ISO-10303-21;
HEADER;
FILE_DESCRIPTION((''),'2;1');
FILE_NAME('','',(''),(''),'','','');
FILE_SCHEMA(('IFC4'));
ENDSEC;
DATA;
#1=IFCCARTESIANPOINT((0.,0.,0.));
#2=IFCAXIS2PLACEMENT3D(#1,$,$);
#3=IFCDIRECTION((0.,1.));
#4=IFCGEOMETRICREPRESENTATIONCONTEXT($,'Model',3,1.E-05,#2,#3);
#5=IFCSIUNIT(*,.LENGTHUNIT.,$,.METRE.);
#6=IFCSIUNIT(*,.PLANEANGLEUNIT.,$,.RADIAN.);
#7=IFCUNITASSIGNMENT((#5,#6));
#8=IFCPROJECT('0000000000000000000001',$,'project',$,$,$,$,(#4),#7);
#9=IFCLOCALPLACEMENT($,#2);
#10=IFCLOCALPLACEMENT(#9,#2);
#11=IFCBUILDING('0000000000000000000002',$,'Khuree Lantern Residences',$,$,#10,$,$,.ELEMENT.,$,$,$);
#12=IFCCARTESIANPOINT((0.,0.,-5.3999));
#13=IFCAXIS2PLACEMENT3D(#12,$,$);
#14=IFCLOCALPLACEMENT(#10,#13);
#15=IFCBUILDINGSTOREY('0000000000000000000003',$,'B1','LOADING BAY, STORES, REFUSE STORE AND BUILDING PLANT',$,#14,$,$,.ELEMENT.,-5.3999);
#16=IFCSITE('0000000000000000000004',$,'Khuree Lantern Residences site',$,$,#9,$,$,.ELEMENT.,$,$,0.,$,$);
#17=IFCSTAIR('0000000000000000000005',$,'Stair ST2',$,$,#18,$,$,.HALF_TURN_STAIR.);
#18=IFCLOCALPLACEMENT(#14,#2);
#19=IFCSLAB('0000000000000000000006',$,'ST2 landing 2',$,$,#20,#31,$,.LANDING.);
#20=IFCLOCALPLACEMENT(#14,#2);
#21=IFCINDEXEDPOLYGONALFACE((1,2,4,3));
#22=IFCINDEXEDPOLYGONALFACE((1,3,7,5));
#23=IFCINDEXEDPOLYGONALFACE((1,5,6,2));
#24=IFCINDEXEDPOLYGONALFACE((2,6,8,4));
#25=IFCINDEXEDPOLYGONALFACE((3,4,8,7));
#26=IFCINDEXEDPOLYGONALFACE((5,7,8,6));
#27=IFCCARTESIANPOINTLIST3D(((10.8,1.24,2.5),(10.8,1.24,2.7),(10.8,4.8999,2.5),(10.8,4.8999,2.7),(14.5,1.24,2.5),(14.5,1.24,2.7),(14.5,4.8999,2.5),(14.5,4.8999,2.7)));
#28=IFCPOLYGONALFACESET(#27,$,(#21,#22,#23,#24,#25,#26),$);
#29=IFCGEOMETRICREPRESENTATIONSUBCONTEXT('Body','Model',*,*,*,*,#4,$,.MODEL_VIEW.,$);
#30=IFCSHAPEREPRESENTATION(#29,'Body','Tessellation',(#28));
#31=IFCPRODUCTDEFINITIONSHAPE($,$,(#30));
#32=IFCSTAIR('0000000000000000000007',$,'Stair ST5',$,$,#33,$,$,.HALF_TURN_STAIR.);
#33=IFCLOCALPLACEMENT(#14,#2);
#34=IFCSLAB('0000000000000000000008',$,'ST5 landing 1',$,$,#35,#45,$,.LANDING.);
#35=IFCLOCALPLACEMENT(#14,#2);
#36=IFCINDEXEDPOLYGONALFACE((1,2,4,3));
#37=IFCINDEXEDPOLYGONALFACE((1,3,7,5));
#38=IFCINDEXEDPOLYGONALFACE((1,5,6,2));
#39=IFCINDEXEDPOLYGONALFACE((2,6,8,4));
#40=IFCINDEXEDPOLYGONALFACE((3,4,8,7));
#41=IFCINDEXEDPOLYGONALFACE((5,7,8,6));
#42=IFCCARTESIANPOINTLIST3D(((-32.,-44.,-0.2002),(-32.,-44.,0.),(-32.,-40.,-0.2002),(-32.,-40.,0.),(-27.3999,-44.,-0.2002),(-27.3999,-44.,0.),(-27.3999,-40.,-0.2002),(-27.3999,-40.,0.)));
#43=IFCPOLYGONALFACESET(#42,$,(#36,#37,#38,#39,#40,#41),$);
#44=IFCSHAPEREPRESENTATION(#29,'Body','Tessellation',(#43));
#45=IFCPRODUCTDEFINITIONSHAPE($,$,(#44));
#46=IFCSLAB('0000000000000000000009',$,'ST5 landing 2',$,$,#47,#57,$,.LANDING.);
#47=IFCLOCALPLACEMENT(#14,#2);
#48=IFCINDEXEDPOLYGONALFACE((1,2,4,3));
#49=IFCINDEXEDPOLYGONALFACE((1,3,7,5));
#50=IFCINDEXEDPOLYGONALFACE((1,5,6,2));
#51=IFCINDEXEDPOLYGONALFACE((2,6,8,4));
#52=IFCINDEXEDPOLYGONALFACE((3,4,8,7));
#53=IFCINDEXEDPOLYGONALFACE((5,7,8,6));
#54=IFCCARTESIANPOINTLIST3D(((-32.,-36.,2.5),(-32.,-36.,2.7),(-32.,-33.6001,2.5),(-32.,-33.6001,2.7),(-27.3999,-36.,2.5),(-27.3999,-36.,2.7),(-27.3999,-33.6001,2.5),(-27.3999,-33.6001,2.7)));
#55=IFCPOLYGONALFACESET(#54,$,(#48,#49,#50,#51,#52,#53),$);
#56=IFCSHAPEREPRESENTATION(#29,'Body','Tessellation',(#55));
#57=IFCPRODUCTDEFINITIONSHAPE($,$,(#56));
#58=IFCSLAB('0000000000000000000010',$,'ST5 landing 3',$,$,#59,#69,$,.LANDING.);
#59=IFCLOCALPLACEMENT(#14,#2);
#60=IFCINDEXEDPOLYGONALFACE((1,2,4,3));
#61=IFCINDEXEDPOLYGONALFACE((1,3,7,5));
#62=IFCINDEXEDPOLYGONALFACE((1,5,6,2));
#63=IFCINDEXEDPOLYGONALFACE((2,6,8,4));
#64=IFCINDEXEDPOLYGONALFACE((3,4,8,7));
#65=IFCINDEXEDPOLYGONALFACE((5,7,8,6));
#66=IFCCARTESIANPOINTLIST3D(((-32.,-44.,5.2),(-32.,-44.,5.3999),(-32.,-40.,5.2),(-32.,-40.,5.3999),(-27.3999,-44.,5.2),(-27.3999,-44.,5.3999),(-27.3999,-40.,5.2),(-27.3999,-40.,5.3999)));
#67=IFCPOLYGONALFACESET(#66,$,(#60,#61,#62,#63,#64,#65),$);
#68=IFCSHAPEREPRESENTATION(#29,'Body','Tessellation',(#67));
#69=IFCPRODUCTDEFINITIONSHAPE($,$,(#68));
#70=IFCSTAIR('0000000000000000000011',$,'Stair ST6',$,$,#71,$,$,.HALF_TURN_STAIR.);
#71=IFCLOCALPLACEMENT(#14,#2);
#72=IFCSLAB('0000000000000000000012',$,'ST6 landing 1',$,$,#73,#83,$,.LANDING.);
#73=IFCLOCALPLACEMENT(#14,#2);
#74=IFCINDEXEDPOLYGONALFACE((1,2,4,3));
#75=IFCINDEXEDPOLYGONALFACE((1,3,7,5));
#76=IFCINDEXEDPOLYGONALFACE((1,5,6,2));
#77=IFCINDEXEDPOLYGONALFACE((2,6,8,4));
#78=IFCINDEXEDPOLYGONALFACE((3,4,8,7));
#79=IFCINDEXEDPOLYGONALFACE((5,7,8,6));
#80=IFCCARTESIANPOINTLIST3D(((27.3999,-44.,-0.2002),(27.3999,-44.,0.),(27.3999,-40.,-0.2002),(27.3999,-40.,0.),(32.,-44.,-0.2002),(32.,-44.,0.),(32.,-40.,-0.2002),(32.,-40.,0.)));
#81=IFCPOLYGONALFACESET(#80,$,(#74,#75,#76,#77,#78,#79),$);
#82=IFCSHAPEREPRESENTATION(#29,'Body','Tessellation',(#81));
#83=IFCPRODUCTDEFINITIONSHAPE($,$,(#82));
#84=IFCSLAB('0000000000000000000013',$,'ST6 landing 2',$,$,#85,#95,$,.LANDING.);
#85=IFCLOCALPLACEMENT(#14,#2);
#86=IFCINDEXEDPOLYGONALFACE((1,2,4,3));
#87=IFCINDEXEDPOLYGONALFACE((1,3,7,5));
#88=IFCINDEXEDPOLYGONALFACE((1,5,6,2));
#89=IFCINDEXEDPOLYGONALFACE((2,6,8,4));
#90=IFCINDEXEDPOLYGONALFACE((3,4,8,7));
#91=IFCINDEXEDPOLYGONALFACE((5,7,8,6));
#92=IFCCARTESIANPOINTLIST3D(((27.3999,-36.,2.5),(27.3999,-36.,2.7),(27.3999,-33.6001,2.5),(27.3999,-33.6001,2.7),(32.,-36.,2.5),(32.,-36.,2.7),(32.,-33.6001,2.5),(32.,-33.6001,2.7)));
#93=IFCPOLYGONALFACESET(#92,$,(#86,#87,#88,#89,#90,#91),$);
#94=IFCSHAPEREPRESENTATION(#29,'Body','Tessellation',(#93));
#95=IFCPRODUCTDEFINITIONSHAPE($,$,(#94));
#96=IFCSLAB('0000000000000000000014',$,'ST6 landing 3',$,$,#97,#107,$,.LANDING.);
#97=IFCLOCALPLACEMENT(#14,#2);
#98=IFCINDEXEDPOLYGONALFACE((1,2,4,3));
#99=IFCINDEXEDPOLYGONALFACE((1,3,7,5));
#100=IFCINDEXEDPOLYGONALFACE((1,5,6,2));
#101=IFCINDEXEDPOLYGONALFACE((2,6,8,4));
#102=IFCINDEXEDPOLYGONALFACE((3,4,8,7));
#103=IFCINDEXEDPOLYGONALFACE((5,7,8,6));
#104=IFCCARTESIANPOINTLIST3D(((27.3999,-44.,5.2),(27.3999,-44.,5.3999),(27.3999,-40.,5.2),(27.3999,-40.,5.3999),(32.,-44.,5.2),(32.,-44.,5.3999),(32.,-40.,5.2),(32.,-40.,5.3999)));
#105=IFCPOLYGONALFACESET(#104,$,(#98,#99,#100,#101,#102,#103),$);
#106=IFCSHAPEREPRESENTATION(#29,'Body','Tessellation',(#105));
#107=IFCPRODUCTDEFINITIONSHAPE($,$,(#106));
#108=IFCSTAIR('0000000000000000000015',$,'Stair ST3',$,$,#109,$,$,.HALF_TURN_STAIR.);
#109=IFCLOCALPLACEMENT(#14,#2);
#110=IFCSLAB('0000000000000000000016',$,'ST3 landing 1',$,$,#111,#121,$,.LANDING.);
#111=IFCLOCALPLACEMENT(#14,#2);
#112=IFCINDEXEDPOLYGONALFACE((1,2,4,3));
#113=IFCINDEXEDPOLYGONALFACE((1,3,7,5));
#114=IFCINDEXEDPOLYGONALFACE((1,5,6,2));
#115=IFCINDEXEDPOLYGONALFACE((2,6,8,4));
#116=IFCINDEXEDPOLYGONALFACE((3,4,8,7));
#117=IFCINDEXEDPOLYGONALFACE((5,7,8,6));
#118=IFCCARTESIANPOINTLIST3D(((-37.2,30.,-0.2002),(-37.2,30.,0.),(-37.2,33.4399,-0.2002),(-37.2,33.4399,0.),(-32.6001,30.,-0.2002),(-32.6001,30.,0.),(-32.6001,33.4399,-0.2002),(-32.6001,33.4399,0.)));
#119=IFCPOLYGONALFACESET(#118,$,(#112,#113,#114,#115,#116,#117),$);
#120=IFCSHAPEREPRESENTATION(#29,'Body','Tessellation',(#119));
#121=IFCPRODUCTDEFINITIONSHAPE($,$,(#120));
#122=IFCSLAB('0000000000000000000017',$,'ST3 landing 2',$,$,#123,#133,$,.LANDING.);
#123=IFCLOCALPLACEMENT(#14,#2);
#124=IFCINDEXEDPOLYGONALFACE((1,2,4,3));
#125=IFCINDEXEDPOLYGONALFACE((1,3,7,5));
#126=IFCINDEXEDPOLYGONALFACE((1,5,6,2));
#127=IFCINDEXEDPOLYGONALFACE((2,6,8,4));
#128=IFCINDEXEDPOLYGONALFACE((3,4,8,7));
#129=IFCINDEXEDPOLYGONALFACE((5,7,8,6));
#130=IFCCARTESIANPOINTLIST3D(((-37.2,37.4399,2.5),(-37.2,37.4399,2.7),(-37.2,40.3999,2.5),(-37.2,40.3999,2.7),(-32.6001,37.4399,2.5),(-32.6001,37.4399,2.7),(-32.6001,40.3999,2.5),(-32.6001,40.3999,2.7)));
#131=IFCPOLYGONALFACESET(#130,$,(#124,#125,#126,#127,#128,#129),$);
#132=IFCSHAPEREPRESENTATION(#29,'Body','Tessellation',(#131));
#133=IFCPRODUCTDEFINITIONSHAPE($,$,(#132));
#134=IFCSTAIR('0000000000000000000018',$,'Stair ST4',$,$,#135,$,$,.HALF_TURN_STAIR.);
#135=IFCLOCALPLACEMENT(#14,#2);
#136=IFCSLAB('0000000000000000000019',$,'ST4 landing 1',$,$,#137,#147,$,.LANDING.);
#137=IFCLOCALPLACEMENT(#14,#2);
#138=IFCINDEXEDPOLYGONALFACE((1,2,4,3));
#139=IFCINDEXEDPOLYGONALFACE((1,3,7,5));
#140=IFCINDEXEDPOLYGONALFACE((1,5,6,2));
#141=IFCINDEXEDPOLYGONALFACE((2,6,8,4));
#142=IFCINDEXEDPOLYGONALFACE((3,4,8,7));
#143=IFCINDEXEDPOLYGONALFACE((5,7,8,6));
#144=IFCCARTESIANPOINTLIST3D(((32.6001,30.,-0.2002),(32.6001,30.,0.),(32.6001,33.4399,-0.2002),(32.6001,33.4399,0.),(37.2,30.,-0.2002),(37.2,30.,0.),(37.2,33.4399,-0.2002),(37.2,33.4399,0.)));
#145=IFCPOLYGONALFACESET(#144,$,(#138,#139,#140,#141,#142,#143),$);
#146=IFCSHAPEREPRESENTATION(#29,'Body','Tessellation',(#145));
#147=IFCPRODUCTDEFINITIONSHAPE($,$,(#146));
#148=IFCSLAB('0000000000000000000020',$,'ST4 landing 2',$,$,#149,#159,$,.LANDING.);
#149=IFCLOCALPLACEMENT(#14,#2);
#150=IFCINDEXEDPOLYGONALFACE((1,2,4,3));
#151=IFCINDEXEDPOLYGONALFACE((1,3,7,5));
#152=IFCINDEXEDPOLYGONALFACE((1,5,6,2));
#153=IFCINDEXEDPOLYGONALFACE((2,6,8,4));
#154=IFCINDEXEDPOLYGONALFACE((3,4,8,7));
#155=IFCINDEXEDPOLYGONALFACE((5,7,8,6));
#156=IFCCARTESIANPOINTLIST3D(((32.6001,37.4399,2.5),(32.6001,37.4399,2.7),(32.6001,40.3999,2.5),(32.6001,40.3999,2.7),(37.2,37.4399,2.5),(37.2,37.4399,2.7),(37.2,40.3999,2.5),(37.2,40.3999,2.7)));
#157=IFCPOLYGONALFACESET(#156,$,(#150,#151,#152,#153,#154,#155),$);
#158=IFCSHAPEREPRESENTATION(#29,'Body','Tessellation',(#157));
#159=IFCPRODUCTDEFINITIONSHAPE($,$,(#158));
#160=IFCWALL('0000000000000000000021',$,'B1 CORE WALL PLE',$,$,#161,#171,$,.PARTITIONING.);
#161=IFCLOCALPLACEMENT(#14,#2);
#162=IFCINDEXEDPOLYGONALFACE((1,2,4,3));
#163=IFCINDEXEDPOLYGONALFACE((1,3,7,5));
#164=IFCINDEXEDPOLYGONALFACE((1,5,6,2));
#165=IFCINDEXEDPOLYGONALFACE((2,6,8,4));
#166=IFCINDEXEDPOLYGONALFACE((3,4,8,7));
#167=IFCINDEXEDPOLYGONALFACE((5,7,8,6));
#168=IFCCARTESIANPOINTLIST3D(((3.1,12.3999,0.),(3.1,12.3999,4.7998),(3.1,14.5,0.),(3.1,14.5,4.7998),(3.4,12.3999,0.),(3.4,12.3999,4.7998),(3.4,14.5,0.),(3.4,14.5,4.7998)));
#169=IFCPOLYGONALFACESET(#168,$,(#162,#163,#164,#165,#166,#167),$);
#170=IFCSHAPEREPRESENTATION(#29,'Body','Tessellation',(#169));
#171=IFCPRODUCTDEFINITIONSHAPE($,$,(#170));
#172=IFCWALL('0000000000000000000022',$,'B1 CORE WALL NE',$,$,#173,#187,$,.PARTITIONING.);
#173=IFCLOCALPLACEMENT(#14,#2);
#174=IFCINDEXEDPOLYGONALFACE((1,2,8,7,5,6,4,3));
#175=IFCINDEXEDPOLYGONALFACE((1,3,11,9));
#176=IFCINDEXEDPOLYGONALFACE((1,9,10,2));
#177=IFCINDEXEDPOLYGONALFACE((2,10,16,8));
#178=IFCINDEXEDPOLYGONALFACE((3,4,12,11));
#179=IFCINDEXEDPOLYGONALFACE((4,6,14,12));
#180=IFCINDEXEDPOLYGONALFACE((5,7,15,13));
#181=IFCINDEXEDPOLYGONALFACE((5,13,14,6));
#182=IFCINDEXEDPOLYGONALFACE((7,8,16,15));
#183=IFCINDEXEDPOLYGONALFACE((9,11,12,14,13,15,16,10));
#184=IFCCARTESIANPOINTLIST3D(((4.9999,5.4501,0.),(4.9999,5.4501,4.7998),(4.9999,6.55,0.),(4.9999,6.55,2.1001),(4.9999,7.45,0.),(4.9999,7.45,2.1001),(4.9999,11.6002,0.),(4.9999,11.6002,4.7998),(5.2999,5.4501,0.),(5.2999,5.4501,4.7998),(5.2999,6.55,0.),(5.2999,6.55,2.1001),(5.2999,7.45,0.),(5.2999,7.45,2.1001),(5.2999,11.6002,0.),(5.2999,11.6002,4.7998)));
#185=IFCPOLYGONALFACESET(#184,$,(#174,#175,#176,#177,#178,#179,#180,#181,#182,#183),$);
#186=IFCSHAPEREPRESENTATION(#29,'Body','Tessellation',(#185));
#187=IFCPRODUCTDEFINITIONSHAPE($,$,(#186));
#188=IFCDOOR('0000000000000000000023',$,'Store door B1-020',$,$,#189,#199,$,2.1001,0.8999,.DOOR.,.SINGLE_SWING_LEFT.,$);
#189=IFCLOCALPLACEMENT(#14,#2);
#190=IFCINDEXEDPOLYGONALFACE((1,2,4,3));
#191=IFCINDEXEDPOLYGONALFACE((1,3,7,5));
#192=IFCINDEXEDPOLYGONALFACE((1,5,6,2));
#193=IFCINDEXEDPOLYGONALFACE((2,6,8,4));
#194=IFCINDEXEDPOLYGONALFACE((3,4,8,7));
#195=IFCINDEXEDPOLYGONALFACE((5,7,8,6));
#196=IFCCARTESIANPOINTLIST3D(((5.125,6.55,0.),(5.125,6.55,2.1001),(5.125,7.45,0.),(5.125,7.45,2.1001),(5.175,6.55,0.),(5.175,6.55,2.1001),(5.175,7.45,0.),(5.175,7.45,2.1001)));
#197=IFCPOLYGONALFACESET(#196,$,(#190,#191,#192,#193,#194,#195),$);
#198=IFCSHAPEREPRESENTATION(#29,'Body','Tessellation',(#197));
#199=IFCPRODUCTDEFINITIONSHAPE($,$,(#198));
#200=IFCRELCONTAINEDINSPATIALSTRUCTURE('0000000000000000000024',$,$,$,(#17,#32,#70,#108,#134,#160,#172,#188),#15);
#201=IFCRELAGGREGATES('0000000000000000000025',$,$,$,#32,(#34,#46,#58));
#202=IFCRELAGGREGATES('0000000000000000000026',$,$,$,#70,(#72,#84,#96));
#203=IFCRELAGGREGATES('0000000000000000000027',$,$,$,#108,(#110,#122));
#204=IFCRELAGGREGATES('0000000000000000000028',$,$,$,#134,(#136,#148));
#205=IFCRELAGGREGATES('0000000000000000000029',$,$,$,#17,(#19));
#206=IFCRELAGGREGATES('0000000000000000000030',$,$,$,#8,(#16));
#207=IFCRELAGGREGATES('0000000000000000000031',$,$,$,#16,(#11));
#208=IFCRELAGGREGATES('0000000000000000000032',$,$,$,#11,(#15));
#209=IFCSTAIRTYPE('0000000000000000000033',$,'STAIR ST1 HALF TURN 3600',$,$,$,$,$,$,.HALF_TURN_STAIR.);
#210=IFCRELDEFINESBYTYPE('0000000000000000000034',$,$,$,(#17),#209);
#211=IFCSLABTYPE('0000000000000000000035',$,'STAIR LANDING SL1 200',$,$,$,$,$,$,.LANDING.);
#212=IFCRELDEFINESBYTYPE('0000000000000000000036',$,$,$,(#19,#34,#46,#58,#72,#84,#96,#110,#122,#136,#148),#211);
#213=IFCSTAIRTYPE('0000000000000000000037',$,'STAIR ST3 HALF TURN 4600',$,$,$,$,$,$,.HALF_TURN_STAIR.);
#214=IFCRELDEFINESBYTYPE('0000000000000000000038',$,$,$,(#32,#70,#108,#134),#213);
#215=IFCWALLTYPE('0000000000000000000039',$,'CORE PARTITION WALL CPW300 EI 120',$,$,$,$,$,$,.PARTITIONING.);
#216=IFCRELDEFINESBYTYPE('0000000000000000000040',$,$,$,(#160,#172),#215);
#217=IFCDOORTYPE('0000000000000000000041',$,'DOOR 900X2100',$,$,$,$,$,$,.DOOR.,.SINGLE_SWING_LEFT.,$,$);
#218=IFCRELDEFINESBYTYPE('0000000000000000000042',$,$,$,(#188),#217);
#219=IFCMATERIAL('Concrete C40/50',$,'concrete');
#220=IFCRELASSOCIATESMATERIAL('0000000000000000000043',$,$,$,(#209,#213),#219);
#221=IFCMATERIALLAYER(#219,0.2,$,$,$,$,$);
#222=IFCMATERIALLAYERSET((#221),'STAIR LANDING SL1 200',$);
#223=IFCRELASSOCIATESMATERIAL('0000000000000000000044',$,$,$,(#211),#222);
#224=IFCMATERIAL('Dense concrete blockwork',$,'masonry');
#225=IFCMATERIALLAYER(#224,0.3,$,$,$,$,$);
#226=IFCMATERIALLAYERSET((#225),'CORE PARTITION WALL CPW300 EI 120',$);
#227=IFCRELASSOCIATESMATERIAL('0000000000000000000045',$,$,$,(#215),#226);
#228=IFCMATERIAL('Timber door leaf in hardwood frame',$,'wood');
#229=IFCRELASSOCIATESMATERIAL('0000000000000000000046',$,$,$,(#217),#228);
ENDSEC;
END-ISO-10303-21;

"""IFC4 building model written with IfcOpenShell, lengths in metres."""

from ifc_helpers import new_model, si_unit, direction, frame, frame_2d, origin, place, context, subcontext, project, spatial, polyline, rectangle, outline, extrude, material, layer, layer_set, type_object, element, fill, aggregate, save


model = new_model("IFC4")

# Units and contexts
model_context = context("Model", 3, precision=1e-05, world=origin(), true_north=direction((0.0, 1.0)))
body_context = subcontext(model_context, "Body", "Model", "MODEL_VIEW")
ifc_project = project(units=[si_unit("LENGTHUNIT", "METRE"), si_unit("PLANEANGLEUNIT", "RADIAN")], contexts=[model_context])

# Site, building, storey
site_placement = place(None, origin())
site = spatial("IfcSite", under=ifc_project, at=site_placement, Name="Khuree Lantern Residences site", CompositionType="ELEMENT", RefElevation=0.0)
building_placement = place(site_placement, origin())
building = spatial("IfcBuilding", under=site, at=building_placement, Name="Khuree Lantern Residences", CompositionType="ELEMENT")
storey_placement = place(building_placement, frame((0.0, 0.0, -5.3999)))
storey = spatial("IfcBuildingStorey", under=building, at=storey_placement, Name="B1", Description="LOADING BAY, STORES, REFUSE STORE AND BUILDING PLANT", CompositionType="ELEMENT", Elevation=-5.3999)

# Shared definitions
ifc_material_1 = material(Name="Concrete C40/50", Category="concrete")

# Stairs, slabs
stair_type_1 = type_object("IfcStairType", Name="STAIR ST1 HALF TURN 3600", PredefinedType="HALF_TURN_STAIR", material=ifc_material_1)
stair_1_placement = place(storey_placement, origin())
stair_1 = element("IfcStair", 1, at=stair_1_placement, inside=storey, type_object=stair_type_1, Name="Stair ST2", PredefinedType="HALF_TURN_STAIR")
ifc_layer_1 = layer(ifc_material_1, 0.2)
ifc_layer_set_1 = layer_set([ifc_layer_1], Name="STAIR LANDING SL1 200")
slab_type_1 = type_object("IfcSlabType", Name="STAIR LANDING SL1 200", PredefinedType="LANDING", material=ifc_layer_set_1)
slab_1_placement = place(storey_placement, frame((0.0, 0.0, 2.5)))
slab_1 = element("IfcSlab", 2, at=slab_1_placement, type_object=slab_type_1, Name="ST2 landing 2", PredefinedType="LANDING", context=body_context, shape_type="SweptSolid", body=[
    extrude(outline(polyline([(14.5, 4.8999), (14.5, 1.24), (10.8, 1.24), (10.8, 4.8999), (14.5, 4.8999)])), origin(), (0.0, 0.0, 1.0), 0.2),
])
stair_type_2 = type_object("IfcStairType", Name="STAIR ST3 HALF TURN 4600", PredefinedType="HALF_TURN_STAIR", material=ifc_material_1)
stair_2_placement = place(storey_placement, origin())
stair_2 = element("IfcStair", 3, at=stair_2_placement, inside=storey, type_object=stair_type_2, Name="Stair ST5", PredefinedType="HALF_TURN_STAIR")
slab_2_placement = place(storey_placement, frame((0.0, 0.0, -0.2002)))
slab_2 = element("IfcSlab", 4, at=slab_2_placement, type_object=slab_type_1, Name="ST5 landing 1", PredefinedType="LANDING", context=body_context, shape_type="SweptSolid", body=[
    extrude(outline(polyline([(-32.0, -44.0), (-27.3999, -44.0), (-27.3999, -40.0), (-32.0, -40.0), (-32.0, -44.0)])), origin(), (0.0, 0.0, 1.0), 0.2002),
])
slab_3_placement = place(storey_placement, frame((0.0, 0.0, 2.5)))
slab_3 = element("IfcSlab", 5, at=slab_3_placement, type_object=slab_type_1, Name="ST5 landing 2", PredefinedType="LANDING", context=body_context, shape_type="SweptSolid", body=[
    extrude(outline(polyline([(-32.0, -36.0), (-32.0, -33.6001), (-27.3999, -33.6001), (-27.3999, -36.0), (-32.0, -36.0)])), origin(), (0.0, 0.0, 1.0), 0.2),
])
slab_4_placement = place(storey_placement, frame((0.0, 0.0, 5.2)))
slab_4 = element("IfcSlab", 6, at=slab_4_placement, type_object=slab_type_1, Name="ST5 landing 3", PredefinedType="LANDING", context=body_context, shape_type="SweptSolid", body=[
    extrude(outline(polyline([(-32.0, -44.0), (-27.3999, -44.0), (-27.3999, -40.0), (-32.0, -40.0), (-32.0, -44.0)])), origin(), (0.0, 0.0, 1.0), 0.2),
])
aggregate(stair_2, [slab_2, slab_3, slab_4])
stair_3_placement = place(storey_placement, origin())
stair_3 = element("IfcStair", 7, at=stair_3_placement, inside=storey, type_object=stair_type_2, Name="Stair ST6", PredefinedType="HALF_TURN_STAIR")
slab_5_placement = place(storey_placement, frame((0.0, 0.0, -0.2002)))
slab_5 = element("IfcSlab", 8, at=slab_5_placement, type_object=slab_type_1, Name="ST6 landing 1", PredefinedType="LANDING", context=body_context, shape_type="SweptSolid", body=[
    extrude(outline(polyline([(27.3999, -44.0), (32.0, -44.0), (32.0, -40.0), (27.3999, -40.0), (27.3999, -44.0)])), origin(), (0.0, 0.0, 1.0), 0.2002),
])
slab_6_placement = place(storey_placement, frame((0.0, 0.0, 2.5)))
slab_6 = element("IfcSlab", 9, at=slab_6_placement, type_object=slab_type_1, Name="ST6 landing 2", PredefinedType="LANDING", context=body_context, shape_type="SweptSolid", body=[
    extrude(outline(polyline([(32.0, -33.6001), (32.0, -36.0), (27.3999, -36.0), (27.3999, -33.6001), (32.0, -33.6001)])), origin(), (0.0, 0.0, 1.0), 0.2),
])
slab_7_placement = place(storey_placement, frame((0.0, 0.0, 5.2)))
slab_7 = element("IfcSlab", 10, at=slab_7_placement, type_object=slab_type_1, Name="ST6 landing 3", PredefinedType="LANDING", context=body_context, shape_type="SweptSolid", body=[
    extrude(outline(polyline([(27.3999, -44.0), (32.0, -44.0), (32.0, -40.0), (27.3999, -40.0), (27.3999, -44.0)])), origin(), (0.0, 0.0, 1.0), 0.2),
])
aggregate(stair_3, [slab_5, slab_6, slab_7])
stair_4_placement = place(storey_placement, origin())
stair_4 = element("IfcStair", 11, at=stair_4_placement, inside=storey, type_object=stair_type_2, Name="Stair ST3", PredefinedType="HALF_TURN_STAIR")
slab_8_placement = place(storey_placement, frame((0.0, 0.0, -0.2002)))
slab_8 = element("IfcSlab", 12, at=slab_8_placement, type_object=slab_type_1, Name="ST3 landing 1", PredefinedType="LANDING", context=body_context, shape_type="SweptSolid", body=[
    extrude(outline(polyline([(-37.2, 30.0), (-32.6001, 30.0), (-32.6001, 33.4399), (-37.2, 33.4399), (-37.2, 30.0)])), origin(), (0.0, 0.0, 1.0), 0.2002),
])
slab_9_placement = place(storey_placement, frame((0.0, 0.0, 2.5)))
slab_9 = element("IfcSlab", 13, at=slab_9_placement, type_object=slab_type_1, Name="ST3 landing 2", PredefinedType="LANDING", context=body_context, shape_type="SweptSolid", body=[
    extrude(outline(polyline([(-37.2, 37.4399), (-37.2, 40.3999), (-32.6001, 40.3999), (-32.6001, 37.4399), (-37.2, 37.4399)])), origin(), (0.0, 0.0, 1.0), 0.2),
])
aggregate(stair_4, [slab_8, slab_9])
stair_5_placement = place(storey_placement, origin())
stair_5 = element("IfcStair", 14, at=stair_5_placement, inside=storey, type_object=stair_type_2, Name="Stair ST4", PredefinedType="HALF_TURN_STAIR")
slab_10_placement = place(storey_placement, frame((0.0, 0.0, -0.2002)))
slab_10 = element("IfcSlab", 15, at=slab_10_placement, type_object=slab_type_1, Name="ST4 landing 1", PredefinedType="LANDING", context=body_context, shape_type="SweptSolid", body=[
    extrude(outline(polyline([(32.6001, 30.0), (37.2, 30.0), (37.2, 33.4399), (32.6001, 33.4399), (32.6001, 30.0)])), origin(), (0.0, 0.0, 1.0), 0.2002),
])
slab_11_placement = place(storey_placement, frame((0.0, 0.0, 2.5)))
slab_11 = element("IfcSlab", 16, at=slab_11_placement, type_object=slab_type_1, Name="ST4 landing 2", PredefinedType="LANDING", context=body_context, shape_type="SweptSolid", body=[
    extrude(outline(polyline([(37.2, 40.3999), (37.2, 37.4399), (32.6001, 37.4399), (32.6001, 40.3999), (37.2, 40.3999)])), origin(), (0.0, 0.0, 1.0), 0.2),
])
aggregate(stair_5, [slab_10, slab_11])

# Wall
ifc_material_2 = material(Name="Dense concrete blockwork", Category="masonry")
ifc_layer_2 = layer(ifc_material_2, 0.3)
ifc_layer_set_2 = layer_set([ifc_layer_2], Name="CORE PARTITION WALL CPW300 EI 120")
wall_type_1 = type_object("IfcWallType", Name="CORE PARTITION WALL CPW300 EI 120", PredefinedType="PARTITIONING", material=ifc_layer_set_2)
wall_1_placement = place(storey_placement, frame((3.25, 12.3999, 0.0), z_axis=(0.0, 0.0, 1.0), x_axis=(0.0, 1.0, 0.0)))
element("IfcWall", 17, at=wall_1_placement, inside=storey, type_object=wall_type_1, Name="B1 CORE WALL PLE", PredefinedType="PARTITIONING", context=body_context, shape_type="SweptSolid", body=[
    extrude(rectangle(XDim=2.1001, YDim=0.3, at=frame_2d((1.05, 0.0))), origin(), (0.0, 0.0, 1.0), 4.7998),
])

# Wall, opening, door
wall_2_placement = place(storey_placement, frame((5.1499, 5.45, 0.0), z_axis=(0.0, 0.0, 1.0), x_axis=(0.0, 1.0, 0.0)))
wall_2 = element("IfcWall", 18, at=wall_2_placement, inside=storey, type_object=wall_type_1, Name="B1 CORE WALL NE", PredefinedType="PARTITIONING", context=body_context, shape_type="SweptSolid", body=[
    extrude(rectangle(XDim=6.1501, YDim=0.3, at=frame_2d((3.0752, 0.0))), origin(), (0.0, 0.0, 1.0), 4.7998),
])
opening_placement = place(wall_2_placement, frame((1.1001, 0.0, 0.0)))
opening = element("IfcOpeningElement", 19, at=opening_placement, cuts=wall_2, PredefinedType="OPENING", context=body_context, shape_type="SweptSolid", body=[
    extrude(rectangle(XDim=0.8999, YDim=2.1001, at=frame_2d((0.45, 1.05))), frame((0.0, 0.1602, 0.0), z_axis=(0.0, -1.0, 0.0), x_axis=(1.0, 0.0, 0.0)), (0.0, 0.0, 1.0), 0.3201),
])
ifc_material_3 = material(Name="Timber door leaf in hardwood frame", Category="wood")
door_type = type_object("IfcDoorType", Name="DOOR 900X2100", OperationType="SINGLE_SWING_LEFT", PredefinedType="DOOR", material=ifc_material_3)
door_placement = place(opening_placement, origin())
door = element("IfcDoor", 20, at=door_placement, inside=storey, type_object=door_type, Name="Store door B1-020", OperationType="SINGLE_SWING_LEFT", OverallHeight=2.1001, OverallWidth=0.8999, PredefinedType="DOOR", context=body_context, shape_type="SweptSolid", body=[
    extrude(rectangle(XDim=0.8999, YDim=2.1001, at=frame_2d((0.45, 1.05))), frame((0.0, 0.0249, 0.0), z_axis=(0.0, -1.0, 0.0), x_axis=(1.0, 0.0, 0.0)), (0.0, 0.0, 1.0), 0.05),
])
fill(opening, door)

aggregate(stair_1, [slab_1])

save(model, "model.ifc")
